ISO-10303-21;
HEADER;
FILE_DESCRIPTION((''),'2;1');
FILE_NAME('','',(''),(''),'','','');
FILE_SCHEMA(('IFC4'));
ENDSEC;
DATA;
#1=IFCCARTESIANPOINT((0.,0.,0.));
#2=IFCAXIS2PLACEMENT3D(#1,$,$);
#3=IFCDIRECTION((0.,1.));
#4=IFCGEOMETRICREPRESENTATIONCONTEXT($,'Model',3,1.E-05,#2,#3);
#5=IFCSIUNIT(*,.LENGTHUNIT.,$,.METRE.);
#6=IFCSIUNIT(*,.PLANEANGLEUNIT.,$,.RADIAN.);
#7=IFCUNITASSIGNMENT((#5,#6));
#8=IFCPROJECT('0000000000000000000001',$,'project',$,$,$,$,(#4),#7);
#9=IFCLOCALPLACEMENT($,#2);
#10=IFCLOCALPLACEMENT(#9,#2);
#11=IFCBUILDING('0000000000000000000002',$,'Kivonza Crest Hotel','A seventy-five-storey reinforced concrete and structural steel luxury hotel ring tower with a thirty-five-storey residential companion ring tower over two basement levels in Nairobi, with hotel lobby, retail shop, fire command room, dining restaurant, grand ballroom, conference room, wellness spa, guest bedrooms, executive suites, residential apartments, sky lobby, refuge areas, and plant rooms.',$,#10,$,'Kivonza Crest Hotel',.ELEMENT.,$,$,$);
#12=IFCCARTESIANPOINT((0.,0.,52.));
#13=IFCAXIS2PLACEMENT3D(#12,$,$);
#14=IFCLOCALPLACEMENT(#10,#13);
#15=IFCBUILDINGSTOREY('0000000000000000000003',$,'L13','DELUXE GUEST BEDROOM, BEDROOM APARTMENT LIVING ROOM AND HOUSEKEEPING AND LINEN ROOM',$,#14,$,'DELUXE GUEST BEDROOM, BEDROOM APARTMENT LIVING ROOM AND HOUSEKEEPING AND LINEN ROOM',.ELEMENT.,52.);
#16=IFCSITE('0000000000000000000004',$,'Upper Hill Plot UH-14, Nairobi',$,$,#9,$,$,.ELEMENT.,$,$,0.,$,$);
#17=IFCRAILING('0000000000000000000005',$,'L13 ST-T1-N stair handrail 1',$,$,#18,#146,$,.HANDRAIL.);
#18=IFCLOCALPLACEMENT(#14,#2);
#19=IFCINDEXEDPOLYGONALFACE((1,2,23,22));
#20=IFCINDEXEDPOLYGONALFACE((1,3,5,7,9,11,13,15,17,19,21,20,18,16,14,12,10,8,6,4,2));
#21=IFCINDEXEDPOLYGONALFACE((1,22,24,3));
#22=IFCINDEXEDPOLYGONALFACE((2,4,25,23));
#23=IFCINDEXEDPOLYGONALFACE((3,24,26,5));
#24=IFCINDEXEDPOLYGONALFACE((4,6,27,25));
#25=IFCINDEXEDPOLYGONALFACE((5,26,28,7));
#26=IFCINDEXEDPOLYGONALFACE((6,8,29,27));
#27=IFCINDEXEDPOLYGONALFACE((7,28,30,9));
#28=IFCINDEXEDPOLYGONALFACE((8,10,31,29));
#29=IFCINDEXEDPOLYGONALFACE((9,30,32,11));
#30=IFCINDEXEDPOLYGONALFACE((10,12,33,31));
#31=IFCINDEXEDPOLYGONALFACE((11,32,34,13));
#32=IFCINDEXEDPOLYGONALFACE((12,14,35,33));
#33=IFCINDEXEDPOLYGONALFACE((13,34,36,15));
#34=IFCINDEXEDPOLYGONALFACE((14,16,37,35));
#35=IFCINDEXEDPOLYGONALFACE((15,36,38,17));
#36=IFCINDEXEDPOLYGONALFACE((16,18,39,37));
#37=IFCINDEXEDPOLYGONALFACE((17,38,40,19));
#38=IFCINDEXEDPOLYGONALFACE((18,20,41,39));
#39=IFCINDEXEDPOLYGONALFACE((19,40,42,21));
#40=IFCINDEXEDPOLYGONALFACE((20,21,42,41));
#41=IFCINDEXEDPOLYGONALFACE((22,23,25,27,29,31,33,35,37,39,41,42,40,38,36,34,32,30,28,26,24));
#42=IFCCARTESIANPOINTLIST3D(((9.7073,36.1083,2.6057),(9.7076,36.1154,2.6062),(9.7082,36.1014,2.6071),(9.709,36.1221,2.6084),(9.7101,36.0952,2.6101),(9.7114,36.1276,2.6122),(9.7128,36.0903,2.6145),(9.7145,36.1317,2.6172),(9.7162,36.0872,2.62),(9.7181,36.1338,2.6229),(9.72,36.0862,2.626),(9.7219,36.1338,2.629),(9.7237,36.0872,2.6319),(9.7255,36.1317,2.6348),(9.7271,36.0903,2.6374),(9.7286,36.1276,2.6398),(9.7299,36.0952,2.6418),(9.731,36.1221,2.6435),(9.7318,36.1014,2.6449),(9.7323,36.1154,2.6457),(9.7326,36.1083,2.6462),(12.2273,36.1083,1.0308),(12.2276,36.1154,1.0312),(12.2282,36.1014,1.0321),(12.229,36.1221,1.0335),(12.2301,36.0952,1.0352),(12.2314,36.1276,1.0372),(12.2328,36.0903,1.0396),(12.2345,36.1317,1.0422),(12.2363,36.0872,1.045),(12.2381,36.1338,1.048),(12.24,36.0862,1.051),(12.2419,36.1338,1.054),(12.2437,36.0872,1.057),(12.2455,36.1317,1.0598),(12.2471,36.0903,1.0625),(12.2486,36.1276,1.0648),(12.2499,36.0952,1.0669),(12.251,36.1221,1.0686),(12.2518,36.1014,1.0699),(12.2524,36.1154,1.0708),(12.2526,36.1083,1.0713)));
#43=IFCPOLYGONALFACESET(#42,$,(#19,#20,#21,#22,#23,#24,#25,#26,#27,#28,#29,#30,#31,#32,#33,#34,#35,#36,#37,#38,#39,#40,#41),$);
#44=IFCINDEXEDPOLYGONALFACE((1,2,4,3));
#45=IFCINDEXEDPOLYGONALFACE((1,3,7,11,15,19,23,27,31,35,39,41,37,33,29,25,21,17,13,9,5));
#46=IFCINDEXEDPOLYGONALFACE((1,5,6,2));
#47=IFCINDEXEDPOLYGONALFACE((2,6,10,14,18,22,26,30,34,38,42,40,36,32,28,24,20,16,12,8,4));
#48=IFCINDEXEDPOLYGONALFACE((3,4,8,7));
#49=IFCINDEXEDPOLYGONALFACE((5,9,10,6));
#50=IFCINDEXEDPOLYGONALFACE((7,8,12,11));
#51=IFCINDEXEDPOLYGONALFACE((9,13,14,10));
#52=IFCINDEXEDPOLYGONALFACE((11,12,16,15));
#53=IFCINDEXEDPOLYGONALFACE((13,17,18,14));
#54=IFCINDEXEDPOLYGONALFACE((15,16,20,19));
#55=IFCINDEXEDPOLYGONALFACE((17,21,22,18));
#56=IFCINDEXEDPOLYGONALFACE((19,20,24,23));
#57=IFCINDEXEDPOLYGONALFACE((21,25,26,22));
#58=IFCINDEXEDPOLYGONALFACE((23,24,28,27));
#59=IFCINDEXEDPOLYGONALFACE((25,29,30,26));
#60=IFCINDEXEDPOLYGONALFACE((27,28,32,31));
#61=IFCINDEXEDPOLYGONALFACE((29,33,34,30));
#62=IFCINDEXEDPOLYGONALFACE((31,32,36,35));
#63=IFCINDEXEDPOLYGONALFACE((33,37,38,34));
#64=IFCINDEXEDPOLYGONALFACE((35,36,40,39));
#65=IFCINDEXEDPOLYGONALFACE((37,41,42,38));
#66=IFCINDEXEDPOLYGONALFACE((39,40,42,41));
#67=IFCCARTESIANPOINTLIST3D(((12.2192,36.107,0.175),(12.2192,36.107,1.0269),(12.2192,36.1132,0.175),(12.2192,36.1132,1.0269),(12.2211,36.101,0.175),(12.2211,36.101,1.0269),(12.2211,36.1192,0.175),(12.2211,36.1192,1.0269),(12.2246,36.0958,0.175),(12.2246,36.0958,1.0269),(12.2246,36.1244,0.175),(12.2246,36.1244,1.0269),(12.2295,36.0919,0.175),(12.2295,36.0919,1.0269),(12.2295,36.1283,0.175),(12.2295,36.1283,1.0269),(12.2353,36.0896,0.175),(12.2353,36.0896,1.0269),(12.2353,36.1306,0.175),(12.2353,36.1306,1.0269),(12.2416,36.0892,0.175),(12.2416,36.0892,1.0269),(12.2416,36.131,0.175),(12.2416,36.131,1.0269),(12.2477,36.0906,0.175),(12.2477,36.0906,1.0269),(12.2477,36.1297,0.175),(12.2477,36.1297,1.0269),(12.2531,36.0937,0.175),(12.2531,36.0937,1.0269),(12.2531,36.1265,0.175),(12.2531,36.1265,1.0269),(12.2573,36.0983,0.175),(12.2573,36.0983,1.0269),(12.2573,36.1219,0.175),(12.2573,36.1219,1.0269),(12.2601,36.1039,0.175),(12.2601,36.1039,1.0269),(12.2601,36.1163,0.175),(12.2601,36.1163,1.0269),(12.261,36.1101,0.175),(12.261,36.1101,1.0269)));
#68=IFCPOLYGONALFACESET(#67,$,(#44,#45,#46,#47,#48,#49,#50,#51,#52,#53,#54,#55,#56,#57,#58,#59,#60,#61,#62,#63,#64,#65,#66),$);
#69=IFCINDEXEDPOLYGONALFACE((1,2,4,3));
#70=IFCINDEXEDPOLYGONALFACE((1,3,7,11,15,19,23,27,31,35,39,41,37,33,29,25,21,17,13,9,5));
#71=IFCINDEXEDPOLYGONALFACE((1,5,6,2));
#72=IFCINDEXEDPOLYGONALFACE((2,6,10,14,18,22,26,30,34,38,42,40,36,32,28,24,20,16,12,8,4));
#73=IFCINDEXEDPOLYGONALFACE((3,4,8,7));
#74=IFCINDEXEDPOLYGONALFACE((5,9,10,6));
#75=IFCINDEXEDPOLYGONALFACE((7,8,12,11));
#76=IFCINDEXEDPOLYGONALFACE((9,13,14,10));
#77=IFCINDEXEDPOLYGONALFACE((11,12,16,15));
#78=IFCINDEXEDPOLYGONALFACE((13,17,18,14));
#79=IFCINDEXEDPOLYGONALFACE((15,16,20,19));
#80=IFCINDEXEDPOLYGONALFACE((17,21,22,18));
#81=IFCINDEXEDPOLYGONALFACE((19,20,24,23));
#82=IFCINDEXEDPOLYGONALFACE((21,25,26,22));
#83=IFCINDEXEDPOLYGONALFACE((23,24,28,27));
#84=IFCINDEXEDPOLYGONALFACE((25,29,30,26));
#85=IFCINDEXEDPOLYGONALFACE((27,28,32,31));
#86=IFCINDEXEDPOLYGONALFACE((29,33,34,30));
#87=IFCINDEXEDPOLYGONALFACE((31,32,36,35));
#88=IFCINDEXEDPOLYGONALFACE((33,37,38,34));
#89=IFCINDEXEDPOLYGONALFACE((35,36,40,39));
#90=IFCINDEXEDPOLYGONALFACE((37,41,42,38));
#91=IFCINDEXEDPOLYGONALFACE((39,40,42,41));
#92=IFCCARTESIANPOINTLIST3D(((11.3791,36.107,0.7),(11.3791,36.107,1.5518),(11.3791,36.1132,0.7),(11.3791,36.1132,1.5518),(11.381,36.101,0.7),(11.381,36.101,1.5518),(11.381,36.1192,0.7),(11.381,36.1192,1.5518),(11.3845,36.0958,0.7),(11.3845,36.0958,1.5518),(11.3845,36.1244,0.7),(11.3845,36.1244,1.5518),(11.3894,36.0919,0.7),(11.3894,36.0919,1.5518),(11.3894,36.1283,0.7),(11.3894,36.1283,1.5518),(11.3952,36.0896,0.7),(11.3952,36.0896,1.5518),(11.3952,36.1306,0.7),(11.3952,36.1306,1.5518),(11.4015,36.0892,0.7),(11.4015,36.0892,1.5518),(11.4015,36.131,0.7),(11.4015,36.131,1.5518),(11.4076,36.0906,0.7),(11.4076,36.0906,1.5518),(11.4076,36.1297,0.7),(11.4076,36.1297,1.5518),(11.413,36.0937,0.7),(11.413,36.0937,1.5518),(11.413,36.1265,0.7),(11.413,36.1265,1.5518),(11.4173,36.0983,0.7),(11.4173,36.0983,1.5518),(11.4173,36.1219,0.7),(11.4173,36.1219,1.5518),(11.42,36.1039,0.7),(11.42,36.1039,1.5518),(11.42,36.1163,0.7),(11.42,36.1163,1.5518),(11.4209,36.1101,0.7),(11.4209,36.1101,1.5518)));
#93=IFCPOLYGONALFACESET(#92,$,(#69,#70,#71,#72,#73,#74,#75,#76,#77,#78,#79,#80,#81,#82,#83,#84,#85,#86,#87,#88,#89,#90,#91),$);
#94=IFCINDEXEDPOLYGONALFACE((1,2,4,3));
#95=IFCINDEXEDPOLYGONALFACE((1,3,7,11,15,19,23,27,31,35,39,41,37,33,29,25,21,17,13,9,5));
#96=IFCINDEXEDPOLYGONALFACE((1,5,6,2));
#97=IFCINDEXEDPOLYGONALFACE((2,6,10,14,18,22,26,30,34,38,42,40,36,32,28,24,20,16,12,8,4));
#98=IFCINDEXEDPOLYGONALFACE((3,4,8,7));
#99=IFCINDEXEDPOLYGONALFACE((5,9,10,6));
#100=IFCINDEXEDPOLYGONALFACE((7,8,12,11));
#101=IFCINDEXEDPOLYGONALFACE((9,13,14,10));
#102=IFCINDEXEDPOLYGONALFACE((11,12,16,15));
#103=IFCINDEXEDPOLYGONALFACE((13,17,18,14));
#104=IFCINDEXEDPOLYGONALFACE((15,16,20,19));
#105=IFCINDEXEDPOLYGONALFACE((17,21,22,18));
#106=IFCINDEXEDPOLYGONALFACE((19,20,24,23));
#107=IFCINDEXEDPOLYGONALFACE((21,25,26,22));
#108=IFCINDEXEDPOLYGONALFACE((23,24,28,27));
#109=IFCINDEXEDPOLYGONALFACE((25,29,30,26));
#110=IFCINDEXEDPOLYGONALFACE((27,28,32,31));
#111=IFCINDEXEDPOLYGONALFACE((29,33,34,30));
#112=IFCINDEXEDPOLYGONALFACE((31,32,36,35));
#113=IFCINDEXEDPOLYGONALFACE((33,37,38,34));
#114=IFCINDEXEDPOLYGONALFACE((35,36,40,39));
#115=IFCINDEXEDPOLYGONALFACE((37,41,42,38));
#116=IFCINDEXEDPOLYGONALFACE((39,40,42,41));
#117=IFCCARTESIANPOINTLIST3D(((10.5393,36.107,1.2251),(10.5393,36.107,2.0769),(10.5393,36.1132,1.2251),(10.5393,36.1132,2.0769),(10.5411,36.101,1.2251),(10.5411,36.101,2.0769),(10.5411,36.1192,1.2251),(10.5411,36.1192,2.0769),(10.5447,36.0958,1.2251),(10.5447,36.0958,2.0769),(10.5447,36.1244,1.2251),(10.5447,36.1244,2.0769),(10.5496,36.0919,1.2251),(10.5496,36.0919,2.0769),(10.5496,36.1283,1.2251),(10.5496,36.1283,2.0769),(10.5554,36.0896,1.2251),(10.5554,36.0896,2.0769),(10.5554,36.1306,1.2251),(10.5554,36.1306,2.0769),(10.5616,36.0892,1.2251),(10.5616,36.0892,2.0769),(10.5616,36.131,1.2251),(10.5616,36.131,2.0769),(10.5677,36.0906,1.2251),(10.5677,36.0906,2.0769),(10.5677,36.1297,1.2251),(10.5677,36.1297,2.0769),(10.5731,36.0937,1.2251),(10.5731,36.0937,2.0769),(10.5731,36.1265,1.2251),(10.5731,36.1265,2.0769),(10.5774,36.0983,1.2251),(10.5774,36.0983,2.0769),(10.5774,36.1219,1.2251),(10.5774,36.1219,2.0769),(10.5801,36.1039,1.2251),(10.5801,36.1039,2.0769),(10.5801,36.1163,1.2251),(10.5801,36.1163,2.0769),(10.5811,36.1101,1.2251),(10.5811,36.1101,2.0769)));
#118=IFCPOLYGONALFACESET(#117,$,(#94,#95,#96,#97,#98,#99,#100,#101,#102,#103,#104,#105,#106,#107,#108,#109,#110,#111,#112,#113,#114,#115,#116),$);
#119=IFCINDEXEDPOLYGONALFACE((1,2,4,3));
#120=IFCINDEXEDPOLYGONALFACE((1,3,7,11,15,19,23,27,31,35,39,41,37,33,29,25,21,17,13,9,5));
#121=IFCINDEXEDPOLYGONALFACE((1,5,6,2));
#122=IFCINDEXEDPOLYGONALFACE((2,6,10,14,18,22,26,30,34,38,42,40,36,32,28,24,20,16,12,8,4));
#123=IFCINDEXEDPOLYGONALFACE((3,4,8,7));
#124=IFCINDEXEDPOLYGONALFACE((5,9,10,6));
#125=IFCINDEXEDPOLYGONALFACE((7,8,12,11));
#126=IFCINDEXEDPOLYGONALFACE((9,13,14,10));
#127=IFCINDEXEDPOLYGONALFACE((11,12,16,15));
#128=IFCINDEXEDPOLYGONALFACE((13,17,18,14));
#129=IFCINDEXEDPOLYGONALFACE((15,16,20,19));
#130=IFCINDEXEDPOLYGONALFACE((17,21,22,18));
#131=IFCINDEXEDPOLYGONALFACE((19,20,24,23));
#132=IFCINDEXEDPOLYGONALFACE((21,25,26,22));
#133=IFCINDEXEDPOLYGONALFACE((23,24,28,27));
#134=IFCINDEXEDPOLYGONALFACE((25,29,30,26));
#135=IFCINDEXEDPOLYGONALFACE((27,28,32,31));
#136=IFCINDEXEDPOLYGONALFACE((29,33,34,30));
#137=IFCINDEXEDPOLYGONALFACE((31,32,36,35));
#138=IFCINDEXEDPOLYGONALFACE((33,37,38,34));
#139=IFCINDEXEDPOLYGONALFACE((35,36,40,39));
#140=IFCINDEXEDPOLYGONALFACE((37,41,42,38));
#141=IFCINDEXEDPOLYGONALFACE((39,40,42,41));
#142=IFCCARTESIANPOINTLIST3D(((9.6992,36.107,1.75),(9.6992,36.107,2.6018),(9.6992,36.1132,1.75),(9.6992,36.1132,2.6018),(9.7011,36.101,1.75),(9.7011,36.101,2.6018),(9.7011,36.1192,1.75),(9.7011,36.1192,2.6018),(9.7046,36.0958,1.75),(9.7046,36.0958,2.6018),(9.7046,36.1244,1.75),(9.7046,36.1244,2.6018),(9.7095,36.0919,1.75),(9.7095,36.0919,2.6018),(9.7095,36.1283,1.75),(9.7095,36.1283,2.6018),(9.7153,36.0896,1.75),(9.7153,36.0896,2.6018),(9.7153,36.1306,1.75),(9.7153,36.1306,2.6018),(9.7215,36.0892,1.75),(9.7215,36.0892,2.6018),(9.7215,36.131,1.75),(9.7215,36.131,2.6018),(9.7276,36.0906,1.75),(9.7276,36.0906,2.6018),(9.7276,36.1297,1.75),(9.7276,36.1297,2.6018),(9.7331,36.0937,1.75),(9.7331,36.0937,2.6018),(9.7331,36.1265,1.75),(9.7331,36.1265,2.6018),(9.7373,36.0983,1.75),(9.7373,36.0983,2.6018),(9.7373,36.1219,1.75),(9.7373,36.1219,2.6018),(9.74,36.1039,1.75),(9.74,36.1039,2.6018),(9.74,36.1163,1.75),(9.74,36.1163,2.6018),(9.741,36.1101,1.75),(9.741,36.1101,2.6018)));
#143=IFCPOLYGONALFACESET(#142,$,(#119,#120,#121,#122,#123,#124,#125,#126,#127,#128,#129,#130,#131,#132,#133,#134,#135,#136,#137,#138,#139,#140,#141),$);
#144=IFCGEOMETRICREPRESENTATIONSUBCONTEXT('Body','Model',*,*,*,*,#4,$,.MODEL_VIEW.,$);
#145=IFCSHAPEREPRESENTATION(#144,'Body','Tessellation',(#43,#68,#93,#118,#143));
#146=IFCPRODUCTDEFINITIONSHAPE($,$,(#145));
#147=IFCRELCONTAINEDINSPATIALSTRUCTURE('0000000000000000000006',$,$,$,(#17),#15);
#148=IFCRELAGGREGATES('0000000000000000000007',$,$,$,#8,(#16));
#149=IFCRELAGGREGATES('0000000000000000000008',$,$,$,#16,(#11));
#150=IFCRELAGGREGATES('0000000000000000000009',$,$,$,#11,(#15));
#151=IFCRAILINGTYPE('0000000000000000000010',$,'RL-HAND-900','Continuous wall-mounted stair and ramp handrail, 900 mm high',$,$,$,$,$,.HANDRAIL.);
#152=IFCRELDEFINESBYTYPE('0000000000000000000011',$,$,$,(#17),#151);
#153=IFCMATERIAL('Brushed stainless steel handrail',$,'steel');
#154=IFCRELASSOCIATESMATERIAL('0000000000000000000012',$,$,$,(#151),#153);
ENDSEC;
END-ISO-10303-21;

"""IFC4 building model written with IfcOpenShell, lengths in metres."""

from ifc_helpers import new_model, si_unit, direction, frame, origin, origin_2d, place, context, subcontext, project, spatial, circle, extrude, material, type_object, element, save


model = new_model("IFC4")

# Units and contexts
model_context = context("Model", 3, precision=1e-05, world=origin(), true_north=direction((0.0, 1.0)))
body_context = subcontext(model_context, "Body", "Model", "MODEL_VIEW")
ifc_project = project(units=[si_unit("LENGTHUNIT", "METRE"), si_unit("PLANEANGLEUNIT", "RADIAN")], contexts=[model_context])

# Site, building, storey
site_placement = place(None, origin())
site = spatial("IfcSite", under=ifc_project, at=site_placement, Name="Upper Hill Plot UH-14, Nairobi", CompositionType="ELEMENT", RefElevation=0.0)
building_placement = place(site_placement, origin())
building = spatial("IfcBuilding", under=site, at=building_placement, Name="Kivonza Crest Hotel", Description="A seventy-five-storey reinforced concrete and structural steel luxury hotel ring tower with a thirty-five-storey residential companion ring tower over two basement levels in Nairobi, with hotel lobby, retail shop, fire command room, dining restaurant, grand ballroom, conference room, wellness spa, guest bedrooms, executive suites, residential apartments, sky lobby, refuge areas, and plant rooms.", LongName="Kivonza Crest Hotel", CompositionType="ELEMENT")
storey_placement = place(building_placement, frame((0.0, 0.0, 52.0)))
storey = spatial("IfcBuildingStorey", under=building, at=storey_placement, Name="L13", Description="DELUXE GUEST BEDROOM, BEDROOM APARTMENT LIVING ROOM AND HOUSEKEEPING AND LINEN ROOM", LongName="DELUXE GUEST BEDROOM, BEDROOM APARTMENT LIVING ROOM AND HOUSEKEEPING AND LINEN ROOM", CompositionType="ELEMENT", Elevation=52.0)

# Railing
ifc_material_1 = material(Name="Brushed stainless steel handrail", Category="steel")
railing_type_1 = type_object("IfcRailingType", Name="RL-HAND-900", Description="Continuous wall-mounted stair and ramp handrail, 900 mm high", PredefinedType="HANDRAIL", material=ifc_material_1)
railing_1_placement = place(storey_placement, frame((12.24, 36.1101, 0.175)))
element("IfcRailing", 1, at=railing_1_placement, inside=storey, type_object=railing_type_1, Name="L13 ST-T1-N stair handrail 1", PredefinedType="HANDRAIL", context=body_context, shape_type="SweptSolid", body=[
    extrude(circle(Radius=0.0239, at=origin_2d()), frame((0.0, 0.0, 0.876), z_axis=(-0.848008, 0.0, 0.529984), x_axis=(0.0, -1.0, 0.0)), (0.0, 0.0, 1.0), 2.9717),
    extrude(circle(Radius=0.021, at=origin_2d()), origin(), (0.0, 0.0, 1.0), 0.8518),
    extrude(circle(Radius=0.021, at=origin_2d()), frame((-0.8401, 0.0, 0.5249)), (0.0, 0.0, 1.0), 0.8518),
    extrude(circle(Radius=0.021, at=origin_2d()), frame((-1.6799, 0.0, 1.05)), (0.0, 0.0, 1.0), 0.8518),
    extrude(circle(Radius=0.021, at=origin_2d()), frame((-2.52, 0.0, 1.575)), (0.0, 0.0, 1.0), 0.8518),
])

save(model, "model.ifc")
